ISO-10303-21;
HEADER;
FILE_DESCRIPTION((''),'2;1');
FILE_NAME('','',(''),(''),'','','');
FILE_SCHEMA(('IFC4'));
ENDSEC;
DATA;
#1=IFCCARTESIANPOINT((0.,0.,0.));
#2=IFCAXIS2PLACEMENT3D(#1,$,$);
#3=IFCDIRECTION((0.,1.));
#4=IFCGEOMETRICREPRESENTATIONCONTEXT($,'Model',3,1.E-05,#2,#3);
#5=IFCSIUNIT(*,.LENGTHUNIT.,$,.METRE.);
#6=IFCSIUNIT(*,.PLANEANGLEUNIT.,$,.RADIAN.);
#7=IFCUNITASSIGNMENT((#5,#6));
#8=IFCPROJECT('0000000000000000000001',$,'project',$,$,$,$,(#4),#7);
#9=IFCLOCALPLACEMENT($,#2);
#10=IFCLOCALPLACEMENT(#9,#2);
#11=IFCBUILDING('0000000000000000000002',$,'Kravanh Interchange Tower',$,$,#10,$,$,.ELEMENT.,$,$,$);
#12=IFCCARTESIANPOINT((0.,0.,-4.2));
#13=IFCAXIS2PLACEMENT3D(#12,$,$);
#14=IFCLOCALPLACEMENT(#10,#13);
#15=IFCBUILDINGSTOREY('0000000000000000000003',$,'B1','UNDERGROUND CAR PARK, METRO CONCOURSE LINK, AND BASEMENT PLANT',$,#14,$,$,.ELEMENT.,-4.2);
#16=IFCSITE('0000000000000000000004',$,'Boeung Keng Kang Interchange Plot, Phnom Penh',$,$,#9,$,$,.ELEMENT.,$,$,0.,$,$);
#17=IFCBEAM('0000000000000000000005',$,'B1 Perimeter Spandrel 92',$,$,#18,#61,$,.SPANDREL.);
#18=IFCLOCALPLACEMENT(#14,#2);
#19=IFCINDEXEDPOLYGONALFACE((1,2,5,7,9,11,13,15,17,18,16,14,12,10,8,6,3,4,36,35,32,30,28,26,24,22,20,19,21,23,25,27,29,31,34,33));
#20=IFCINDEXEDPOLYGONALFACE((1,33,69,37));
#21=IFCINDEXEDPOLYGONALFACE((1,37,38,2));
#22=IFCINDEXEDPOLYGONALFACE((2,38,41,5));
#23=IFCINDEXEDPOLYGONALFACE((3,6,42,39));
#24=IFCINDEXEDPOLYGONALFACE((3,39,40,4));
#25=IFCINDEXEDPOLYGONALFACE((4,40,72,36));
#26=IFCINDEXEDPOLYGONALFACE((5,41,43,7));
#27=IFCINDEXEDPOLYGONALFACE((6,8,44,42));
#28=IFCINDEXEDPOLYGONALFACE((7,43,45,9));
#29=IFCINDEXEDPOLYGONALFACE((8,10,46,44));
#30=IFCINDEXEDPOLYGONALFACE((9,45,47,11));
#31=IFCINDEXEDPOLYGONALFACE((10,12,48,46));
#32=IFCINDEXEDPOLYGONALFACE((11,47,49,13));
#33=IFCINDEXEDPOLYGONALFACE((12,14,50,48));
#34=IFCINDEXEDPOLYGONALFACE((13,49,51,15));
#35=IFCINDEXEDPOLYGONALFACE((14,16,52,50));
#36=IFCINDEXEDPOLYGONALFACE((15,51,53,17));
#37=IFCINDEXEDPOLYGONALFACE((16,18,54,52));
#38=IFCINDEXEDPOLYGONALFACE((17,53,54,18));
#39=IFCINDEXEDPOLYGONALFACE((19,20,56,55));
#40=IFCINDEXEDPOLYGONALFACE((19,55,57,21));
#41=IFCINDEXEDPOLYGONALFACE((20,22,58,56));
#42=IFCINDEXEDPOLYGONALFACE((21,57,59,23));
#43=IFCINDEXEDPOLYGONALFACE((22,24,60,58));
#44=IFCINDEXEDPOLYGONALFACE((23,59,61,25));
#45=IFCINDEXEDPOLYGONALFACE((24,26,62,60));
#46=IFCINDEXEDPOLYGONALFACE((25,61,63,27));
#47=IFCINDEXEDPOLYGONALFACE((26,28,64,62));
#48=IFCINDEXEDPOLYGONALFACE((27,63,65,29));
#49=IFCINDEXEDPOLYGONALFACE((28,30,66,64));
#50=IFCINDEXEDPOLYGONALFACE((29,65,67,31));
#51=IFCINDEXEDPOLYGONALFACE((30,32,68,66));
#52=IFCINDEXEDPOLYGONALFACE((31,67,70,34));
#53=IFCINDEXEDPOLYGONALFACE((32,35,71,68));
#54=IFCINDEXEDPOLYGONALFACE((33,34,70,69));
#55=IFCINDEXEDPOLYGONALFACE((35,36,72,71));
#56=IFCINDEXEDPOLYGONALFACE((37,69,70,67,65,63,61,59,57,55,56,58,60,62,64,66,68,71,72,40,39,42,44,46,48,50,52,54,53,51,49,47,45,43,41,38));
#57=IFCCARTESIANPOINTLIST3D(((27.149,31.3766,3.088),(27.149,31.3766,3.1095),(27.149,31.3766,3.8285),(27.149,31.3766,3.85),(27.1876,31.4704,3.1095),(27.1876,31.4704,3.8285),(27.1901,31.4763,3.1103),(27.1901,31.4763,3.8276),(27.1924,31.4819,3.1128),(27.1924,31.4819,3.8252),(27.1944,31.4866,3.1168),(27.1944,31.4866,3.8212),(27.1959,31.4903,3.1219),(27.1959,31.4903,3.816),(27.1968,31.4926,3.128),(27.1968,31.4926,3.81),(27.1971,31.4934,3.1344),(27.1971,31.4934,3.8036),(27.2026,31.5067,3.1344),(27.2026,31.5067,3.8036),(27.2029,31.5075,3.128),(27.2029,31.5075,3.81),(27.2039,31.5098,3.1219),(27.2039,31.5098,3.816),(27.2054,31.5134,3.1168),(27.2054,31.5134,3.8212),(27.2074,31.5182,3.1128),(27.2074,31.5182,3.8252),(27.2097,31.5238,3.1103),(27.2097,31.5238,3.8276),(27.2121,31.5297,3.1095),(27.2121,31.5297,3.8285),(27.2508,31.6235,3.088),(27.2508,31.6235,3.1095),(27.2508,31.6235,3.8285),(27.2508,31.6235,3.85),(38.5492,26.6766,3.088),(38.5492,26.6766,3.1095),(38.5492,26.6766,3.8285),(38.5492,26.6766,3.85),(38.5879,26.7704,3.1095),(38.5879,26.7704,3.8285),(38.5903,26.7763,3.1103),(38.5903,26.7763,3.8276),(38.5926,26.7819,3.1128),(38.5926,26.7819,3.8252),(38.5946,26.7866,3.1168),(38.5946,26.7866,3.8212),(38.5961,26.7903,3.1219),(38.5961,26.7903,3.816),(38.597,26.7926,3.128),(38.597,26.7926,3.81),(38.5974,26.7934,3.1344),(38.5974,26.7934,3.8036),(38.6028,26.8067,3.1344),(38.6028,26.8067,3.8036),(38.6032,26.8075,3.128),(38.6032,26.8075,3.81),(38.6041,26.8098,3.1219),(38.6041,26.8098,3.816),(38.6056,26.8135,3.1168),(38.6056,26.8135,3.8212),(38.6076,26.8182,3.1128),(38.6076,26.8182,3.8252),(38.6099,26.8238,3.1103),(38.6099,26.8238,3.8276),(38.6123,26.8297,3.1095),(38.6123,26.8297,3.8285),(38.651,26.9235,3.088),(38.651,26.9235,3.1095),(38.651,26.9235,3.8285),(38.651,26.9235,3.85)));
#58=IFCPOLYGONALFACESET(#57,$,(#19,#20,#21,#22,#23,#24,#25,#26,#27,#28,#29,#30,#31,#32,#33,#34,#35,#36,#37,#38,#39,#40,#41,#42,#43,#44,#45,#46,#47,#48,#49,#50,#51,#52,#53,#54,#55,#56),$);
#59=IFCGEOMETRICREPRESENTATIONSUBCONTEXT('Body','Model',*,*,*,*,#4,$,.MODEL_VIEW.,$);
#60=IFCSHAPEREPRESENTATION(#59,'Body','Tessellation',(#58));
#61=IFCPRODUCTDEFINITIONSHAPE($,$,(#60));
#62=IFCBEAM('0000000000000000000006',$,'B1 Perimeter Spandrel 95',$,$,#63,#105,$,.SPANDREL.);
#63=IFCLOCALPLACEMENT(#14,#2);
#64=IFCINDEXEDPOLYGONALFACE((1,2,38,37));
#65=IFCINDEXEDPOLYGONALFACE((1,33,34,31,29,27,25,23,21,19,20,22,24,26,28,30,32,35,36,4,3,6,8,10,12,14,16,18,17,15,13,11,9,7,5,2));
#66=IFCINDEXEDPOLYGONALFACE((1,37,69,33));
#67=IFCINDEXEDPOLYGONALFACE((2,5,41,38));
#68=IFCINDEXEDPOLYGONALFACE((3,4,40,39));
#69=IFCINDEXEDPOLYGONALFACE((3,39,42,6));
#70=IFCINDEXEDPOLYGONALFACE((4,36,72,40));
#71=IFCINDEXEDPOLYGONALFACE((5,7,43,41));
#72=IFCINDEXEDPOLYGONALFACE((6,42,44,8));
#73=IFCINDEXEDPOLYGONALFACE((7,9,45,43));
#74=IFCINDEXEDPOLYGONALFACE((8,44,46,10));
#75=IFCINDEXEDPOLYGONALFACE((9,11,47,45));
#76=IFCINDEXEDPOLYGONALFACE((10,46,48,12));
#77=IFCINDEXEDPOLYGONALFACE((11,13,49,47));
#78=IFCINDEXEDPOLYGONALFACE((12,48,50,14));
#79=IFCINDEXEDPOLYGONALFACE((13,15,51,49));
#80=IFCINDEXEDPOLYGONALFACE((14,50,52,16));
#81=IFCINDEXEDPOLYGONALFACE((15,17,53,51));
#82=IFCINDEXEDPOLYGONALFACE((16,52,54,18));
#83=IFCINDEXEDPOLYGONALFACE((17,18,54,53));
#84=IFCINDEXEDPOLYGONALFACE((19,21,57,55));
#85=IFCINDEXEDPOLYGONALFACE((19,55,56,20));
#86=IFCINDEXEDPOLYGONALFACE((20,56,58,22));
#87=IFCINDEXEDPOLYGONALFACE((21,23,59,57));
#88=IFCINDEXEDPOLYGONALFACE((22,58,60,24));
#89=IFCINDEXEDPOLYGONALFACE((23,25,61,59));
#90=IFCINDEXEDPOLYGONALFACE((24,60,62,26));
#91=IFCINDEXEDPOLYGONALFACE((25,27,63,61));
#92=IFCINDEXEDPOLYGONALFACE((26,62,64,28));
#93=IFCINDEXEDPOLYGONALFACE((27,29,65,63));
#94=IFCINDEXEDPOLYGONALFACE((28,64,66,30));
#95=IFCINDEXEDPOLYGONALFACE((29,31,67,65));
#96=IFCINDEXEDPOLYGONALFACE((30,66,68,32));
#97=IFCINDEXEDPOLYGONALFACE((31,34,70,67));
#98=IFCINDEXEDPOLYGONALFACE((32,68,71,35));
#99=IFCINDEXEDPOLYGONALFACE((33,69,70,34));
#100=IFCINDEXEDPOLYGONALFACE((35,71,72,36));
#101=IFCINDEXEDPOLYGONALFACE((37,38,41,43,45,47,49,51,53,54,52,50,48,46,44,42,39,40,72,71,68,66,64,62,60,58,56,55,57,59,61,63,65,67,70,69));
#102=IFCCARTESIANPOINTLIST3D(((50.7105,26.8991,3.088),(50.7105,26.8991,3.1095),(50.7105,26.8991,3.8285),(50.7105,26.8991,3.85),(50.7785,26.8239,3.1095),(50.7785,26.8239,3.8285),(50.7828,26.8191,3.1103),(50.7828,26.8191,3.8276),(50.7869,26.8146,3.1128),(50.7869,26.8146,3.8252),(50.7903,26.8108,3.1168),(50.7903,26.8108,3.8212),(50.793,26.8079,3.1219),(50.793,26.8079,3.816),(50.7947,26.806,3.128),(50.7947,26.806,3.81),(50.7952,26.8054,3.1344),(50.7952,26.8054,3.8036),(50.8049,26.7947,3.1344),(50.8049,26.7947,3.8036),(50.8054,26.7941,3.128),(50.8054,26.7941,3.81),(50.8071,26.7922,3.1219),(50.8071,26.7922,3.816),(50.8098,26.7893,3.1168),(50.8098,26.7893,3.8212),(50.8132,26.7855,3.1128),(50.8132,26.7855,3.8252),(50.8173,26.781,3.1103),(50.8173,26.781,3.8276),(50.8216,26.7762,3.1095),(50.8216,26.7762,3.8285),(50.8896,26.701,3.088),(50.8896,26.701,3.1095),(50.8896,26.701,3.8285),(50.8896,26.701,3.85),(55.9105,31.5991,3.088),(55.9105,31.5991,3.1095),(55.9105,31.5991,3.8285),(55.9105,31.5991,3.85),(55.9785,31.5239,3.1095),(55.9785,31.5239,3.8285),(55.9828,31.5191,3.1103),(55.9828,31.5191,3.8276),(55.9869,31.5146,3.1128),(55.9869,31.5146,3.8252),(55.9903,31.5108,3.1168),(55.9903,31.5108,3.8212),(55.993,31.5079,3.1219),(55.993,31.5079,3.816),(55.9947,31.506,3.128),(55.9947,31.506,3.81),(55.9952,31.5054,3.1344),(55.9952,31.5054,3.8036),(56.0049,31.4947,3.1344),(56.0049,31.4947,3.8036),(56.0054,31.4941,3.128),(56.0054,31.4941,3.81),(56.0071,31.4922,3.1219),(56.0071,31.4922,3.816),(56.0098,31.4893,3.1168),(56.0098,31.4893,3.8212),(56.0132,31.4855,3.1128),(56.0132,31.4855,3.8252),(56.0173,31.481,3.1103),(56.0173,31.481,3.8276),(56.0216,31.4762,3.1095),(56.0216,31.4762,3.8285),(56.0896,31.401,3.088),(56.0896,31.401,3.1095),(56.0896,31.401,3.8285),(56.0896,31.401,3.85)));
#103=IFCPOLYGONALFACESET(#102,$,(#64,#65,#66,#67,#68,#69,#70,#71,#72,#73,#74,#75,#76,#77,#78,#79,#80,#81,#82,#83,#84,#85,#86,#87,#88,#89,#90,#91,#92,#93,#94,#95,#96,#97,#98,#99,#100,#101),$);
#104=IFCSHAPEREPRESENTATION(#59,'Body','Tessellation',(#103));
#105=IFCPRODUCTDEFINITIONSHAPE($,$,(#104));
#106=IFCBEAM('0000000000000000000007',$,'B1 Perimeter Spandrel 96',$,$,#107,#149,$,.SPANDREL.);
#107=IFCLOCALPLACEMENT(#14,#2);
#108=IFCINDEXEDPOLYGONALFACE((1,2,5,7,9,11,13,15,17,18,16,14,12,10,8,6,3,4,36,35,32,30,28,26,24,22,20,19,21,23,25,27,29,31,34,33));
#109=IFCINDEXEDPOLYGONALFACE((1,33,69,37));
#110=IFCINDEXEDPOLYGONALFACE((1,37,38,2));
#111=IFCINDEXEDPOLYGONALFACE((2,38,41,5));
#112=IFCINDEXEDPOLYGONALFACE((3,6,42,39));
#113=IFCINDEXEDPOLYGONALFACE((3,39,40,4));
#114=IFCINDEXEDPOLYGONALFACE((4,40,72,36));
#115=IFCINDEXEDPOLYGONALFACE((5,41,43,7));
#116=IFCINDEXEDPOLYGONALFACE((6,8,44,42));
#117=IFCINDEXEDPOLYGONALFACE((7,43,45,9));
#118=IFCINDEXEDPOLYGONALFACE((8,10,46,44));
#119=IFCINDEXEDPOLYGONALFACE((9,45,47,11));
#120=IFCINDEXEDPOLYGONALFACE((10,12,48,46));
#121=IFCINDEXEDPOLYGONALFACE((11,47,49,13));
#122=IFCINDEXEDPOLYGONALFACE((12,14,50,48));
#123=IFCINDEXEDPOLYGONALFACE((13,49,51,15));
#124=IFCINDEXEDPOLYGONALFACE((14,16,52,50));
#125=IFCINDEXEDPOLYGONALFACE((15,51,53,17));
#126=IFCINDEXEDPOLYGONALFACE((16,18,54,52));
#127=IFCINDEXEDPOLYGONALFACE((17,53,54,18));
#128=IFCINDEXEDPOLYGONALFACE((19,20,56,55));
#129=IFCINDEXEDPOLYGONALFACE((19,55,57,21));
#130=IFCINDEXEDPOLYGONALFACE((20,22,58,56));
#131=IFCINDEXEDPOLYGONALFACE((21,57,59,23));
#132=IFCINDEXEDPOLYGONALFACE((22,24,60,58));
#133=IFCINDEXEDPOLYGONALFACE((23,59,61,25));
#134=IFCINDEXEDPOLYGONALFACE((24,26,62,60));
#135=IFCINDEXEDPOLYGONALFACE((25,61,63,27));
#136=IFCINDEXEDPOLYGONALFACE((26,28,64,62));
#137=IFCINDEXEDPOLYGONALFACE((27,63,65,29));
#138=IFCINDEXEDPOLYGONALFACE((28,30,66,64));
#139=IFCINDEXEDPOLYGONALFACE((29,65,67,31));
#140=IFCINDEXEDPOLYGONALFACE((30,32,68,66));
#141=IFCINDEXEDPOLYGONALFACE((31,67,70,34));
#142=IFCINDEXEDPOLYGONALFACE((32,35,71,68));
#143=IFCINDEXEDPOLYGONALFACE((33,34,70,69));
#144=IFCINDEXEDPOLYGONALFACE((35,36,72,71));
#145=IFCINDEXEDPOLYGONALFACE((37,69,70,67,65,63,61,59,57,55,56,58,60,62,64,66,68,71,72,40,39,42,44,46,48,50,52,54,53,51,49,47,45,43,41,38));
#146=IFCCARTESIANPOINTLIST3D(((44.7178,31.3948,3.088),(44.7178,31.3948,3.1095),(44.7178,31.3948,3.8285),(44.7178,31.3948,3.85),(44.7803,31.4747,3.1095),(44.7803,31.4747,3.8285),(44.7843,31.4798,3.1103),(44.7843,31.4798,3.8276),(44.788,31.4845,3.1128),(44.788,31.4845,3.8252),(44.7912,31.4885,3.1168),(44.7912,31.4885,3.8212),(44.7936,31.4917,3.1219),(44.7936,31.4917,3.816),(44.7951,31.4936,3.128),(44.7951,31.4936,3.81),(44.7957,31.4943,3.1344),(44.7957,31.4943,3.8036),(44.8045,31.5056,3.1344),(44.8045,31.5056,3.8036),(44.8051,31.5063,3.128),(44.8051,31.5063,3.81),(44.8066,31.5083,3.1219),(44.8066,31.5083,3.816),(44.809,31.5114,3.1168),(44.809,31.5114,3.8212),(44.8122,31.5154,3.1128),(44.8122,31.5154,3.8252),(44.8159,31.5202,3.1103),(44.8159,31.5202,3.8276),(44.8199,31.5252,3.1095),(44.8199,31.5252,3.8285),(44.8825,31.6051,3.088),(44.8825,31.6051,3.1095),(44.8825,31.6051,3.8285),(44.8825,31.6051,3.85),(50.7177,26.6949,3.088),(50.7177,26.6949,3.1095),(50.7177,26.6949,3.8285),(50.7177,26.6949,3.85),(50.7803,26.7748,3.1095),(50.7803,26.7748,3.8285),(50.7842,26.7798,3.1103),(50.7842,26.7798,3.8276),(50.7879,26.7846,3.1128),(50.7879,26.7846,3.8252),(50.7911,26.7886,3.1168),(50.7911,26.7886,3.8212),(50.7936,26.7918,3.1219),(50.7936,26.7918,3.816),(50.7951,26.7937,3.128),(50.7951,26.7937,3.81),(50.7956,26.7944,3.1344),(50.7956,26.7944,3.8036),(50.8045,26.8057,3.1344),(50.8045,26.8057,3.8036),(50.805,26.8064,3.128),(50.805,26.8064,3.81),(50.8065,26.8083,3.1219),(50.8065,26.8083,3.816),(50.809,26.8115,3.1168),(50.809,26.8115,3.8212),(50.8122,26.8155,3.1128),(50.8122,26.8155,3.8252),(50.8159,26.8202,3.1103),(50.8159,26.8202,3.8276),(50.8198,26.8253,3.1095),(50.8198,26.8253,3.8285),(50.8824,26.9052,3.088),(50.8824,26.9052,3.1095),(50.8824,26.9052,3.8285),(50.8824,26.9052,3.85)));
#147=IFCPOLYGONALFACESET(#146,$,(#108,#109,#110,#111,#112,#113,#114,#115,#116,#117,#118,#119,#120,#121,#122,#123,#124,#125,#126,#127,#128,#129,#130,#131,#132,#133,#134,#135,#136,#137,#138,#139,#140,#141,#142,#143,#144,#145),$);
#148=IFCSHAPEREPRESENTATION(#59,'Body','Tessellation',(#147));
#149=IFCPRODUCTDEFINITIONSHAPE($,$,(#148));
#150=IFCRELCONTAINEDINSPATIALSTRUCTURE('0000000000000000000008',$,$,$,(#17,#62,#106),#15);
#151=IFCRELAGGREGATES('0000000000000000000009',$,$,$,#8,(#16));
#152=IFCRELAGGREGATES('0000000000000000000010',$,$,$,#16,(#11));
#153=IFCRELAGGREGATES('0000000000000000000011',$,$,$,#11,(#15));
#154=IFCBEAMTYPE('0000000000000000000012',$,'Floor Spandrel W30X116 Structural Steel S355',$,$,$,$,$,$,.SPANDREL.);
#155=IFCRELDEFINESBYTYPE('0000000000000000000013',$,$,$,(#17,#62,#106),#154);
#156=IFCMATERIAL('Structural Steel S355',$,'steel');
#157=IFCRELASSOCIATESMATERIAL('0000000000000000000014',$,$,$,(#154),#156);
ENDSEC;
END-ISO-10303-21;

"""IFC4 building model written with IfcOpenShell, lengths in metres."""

from ifc_helpers import new_model, si_unit, direction, frame, origin, origin_2d, place, context, subcontext, project, spatial, i_section, extrude, material, material_profile, profile_set, type_object, element, save


model = new_model("IFC4")

# Units and contexts
model_context = context("Model", 3, precision=1e-05, world=origin(), true_north=direction((0.0, 1.0)))
body_context = subcontext(model_context, "Body", "Model", "MODEL_VIEW")
ifc_project = project(units=[si_unit("LENGTHUNIT", "METRE"), si_unit("PLANEANGLEUNIT", "RADIAN")], contexts=[model_context])

# Site, building, storey
site_placement = place(None, origin())
site = spatial("IfcSite", under=ifc_project, at=site_placement, Name="Boeung Keng Kang Interchange Plot, Phnom Penh", CompositionType="ELEMENT", RefElevation=0.0)
building_placement = place(site_placement, origin())
building = spatial("IfcBuilding", under=site, at=building_placement, Name="Kravanh Interchange Tower", CompositionType="ELEMENT")
storey_placement = place(building_placement, frame((0.0, 0.0, -4.2)))
storey = spatial("IfcBuildingStorey", under=building, at=storey_placement, Name="B1", Description="UNDERGROUND CAR PARK, METRO CONCOURSE LINK, AND BASEMENT PLANT", CompositionType="ELEMENT", Elevation=-4.2)

# Beams
ifc_material_1 = material(Name="Structural Steel S355", Category="steel")
ifc_material_profile_1 = material_profile(ifc_material_1, i_section(OverallWidth=0.2671, OverallDepth=0.762, WebThickness=0.0144, FlangeThickness=0.0215, FilletRadius=0.0249, at=origin_2d()), Name="W30X116")
ifc_profile_set_1 = profile_set([ifc_material_profile_1], Name="Structural Steel S355")
beam_type_1 = type_object("IfcBeamType", Name="Floor Spandrel W30X116 Structural Steel S355", PredefinedType="SPANDREL", material=ifc_profile_set_1)
beam_1_placement = place(storey_placement, frame((38.6001, 26.8, 3.469), z_axis=(-0.924513, 0.38115, 0.0), x_axis=(-0.38115, -0.924513, 0.0)))
element("IfcBeam", 1, at=beam_1_placement, inside=storey, type_object=beam_type_1, Name="B1 Perimeter Spandrel 92", PredefinedType="SPANDREL", context=body_context, shape_type="SweptSolid", body=[
    extrude(i_section(OverallWidth=0.2671, OverallDepth=0.762, WebThickness=0.0144, FlangeThickness=0.0215, FilletRadius=0.0249, at=origin_2d()), origin(), (0.0, 0.0, 1.0), 12.3311),
])
beam_2_placement = place(storey_placement, frame((50.8, 26.8, 3.469), z_axis=(0.741874, 0.670539, 0.0), x_axis=(-0.670539, 0.741874, 0.0)))
element("IfcBeam", 2, at=beam_2_placement, inside=storey, type_object=beam_type_1, Name="B1 Perimeter Spandrel 95", PredefinedType="SPANDREL", context=body_context, shape_type="SweptSolid", body=[
    extrude(i_section(OverallWidth=0.2671, OverallDepth=0.762, WebThickness=0.0144, FlangeThickness=0.0215, FilletRadius=0.0249, at=origin_2d()), origin(), (0.0, 0.0, 1.0), 7.0093),
])
beam_3_placement = place(storey_placement, frame((50.8, 26.8, 3.469), z_axis=(-0.787231, 0.616658, 0.0), x_axis=(-0.616658, -0.787231, 0.0)))
element("IfcBeam", 3, at=beam_3_placement, inside=storey, type_object=beam_type_1, Name="B1 Perimeter Spandrel 96", PredefinedType="SPANDREL", context=body_context, shape_type="SweptSolid", body=[
    extrude(i_section(OverallWidth=0.2671, OverallDepth=0.762, WebThickness=0.0144, FlangeThickness=0.0215, FilletRadius=0.0249, at=origin_2d()), origin(), (0.0, 0.0, 1.0), 7.6216),
])

save(model, "model.ifc")
